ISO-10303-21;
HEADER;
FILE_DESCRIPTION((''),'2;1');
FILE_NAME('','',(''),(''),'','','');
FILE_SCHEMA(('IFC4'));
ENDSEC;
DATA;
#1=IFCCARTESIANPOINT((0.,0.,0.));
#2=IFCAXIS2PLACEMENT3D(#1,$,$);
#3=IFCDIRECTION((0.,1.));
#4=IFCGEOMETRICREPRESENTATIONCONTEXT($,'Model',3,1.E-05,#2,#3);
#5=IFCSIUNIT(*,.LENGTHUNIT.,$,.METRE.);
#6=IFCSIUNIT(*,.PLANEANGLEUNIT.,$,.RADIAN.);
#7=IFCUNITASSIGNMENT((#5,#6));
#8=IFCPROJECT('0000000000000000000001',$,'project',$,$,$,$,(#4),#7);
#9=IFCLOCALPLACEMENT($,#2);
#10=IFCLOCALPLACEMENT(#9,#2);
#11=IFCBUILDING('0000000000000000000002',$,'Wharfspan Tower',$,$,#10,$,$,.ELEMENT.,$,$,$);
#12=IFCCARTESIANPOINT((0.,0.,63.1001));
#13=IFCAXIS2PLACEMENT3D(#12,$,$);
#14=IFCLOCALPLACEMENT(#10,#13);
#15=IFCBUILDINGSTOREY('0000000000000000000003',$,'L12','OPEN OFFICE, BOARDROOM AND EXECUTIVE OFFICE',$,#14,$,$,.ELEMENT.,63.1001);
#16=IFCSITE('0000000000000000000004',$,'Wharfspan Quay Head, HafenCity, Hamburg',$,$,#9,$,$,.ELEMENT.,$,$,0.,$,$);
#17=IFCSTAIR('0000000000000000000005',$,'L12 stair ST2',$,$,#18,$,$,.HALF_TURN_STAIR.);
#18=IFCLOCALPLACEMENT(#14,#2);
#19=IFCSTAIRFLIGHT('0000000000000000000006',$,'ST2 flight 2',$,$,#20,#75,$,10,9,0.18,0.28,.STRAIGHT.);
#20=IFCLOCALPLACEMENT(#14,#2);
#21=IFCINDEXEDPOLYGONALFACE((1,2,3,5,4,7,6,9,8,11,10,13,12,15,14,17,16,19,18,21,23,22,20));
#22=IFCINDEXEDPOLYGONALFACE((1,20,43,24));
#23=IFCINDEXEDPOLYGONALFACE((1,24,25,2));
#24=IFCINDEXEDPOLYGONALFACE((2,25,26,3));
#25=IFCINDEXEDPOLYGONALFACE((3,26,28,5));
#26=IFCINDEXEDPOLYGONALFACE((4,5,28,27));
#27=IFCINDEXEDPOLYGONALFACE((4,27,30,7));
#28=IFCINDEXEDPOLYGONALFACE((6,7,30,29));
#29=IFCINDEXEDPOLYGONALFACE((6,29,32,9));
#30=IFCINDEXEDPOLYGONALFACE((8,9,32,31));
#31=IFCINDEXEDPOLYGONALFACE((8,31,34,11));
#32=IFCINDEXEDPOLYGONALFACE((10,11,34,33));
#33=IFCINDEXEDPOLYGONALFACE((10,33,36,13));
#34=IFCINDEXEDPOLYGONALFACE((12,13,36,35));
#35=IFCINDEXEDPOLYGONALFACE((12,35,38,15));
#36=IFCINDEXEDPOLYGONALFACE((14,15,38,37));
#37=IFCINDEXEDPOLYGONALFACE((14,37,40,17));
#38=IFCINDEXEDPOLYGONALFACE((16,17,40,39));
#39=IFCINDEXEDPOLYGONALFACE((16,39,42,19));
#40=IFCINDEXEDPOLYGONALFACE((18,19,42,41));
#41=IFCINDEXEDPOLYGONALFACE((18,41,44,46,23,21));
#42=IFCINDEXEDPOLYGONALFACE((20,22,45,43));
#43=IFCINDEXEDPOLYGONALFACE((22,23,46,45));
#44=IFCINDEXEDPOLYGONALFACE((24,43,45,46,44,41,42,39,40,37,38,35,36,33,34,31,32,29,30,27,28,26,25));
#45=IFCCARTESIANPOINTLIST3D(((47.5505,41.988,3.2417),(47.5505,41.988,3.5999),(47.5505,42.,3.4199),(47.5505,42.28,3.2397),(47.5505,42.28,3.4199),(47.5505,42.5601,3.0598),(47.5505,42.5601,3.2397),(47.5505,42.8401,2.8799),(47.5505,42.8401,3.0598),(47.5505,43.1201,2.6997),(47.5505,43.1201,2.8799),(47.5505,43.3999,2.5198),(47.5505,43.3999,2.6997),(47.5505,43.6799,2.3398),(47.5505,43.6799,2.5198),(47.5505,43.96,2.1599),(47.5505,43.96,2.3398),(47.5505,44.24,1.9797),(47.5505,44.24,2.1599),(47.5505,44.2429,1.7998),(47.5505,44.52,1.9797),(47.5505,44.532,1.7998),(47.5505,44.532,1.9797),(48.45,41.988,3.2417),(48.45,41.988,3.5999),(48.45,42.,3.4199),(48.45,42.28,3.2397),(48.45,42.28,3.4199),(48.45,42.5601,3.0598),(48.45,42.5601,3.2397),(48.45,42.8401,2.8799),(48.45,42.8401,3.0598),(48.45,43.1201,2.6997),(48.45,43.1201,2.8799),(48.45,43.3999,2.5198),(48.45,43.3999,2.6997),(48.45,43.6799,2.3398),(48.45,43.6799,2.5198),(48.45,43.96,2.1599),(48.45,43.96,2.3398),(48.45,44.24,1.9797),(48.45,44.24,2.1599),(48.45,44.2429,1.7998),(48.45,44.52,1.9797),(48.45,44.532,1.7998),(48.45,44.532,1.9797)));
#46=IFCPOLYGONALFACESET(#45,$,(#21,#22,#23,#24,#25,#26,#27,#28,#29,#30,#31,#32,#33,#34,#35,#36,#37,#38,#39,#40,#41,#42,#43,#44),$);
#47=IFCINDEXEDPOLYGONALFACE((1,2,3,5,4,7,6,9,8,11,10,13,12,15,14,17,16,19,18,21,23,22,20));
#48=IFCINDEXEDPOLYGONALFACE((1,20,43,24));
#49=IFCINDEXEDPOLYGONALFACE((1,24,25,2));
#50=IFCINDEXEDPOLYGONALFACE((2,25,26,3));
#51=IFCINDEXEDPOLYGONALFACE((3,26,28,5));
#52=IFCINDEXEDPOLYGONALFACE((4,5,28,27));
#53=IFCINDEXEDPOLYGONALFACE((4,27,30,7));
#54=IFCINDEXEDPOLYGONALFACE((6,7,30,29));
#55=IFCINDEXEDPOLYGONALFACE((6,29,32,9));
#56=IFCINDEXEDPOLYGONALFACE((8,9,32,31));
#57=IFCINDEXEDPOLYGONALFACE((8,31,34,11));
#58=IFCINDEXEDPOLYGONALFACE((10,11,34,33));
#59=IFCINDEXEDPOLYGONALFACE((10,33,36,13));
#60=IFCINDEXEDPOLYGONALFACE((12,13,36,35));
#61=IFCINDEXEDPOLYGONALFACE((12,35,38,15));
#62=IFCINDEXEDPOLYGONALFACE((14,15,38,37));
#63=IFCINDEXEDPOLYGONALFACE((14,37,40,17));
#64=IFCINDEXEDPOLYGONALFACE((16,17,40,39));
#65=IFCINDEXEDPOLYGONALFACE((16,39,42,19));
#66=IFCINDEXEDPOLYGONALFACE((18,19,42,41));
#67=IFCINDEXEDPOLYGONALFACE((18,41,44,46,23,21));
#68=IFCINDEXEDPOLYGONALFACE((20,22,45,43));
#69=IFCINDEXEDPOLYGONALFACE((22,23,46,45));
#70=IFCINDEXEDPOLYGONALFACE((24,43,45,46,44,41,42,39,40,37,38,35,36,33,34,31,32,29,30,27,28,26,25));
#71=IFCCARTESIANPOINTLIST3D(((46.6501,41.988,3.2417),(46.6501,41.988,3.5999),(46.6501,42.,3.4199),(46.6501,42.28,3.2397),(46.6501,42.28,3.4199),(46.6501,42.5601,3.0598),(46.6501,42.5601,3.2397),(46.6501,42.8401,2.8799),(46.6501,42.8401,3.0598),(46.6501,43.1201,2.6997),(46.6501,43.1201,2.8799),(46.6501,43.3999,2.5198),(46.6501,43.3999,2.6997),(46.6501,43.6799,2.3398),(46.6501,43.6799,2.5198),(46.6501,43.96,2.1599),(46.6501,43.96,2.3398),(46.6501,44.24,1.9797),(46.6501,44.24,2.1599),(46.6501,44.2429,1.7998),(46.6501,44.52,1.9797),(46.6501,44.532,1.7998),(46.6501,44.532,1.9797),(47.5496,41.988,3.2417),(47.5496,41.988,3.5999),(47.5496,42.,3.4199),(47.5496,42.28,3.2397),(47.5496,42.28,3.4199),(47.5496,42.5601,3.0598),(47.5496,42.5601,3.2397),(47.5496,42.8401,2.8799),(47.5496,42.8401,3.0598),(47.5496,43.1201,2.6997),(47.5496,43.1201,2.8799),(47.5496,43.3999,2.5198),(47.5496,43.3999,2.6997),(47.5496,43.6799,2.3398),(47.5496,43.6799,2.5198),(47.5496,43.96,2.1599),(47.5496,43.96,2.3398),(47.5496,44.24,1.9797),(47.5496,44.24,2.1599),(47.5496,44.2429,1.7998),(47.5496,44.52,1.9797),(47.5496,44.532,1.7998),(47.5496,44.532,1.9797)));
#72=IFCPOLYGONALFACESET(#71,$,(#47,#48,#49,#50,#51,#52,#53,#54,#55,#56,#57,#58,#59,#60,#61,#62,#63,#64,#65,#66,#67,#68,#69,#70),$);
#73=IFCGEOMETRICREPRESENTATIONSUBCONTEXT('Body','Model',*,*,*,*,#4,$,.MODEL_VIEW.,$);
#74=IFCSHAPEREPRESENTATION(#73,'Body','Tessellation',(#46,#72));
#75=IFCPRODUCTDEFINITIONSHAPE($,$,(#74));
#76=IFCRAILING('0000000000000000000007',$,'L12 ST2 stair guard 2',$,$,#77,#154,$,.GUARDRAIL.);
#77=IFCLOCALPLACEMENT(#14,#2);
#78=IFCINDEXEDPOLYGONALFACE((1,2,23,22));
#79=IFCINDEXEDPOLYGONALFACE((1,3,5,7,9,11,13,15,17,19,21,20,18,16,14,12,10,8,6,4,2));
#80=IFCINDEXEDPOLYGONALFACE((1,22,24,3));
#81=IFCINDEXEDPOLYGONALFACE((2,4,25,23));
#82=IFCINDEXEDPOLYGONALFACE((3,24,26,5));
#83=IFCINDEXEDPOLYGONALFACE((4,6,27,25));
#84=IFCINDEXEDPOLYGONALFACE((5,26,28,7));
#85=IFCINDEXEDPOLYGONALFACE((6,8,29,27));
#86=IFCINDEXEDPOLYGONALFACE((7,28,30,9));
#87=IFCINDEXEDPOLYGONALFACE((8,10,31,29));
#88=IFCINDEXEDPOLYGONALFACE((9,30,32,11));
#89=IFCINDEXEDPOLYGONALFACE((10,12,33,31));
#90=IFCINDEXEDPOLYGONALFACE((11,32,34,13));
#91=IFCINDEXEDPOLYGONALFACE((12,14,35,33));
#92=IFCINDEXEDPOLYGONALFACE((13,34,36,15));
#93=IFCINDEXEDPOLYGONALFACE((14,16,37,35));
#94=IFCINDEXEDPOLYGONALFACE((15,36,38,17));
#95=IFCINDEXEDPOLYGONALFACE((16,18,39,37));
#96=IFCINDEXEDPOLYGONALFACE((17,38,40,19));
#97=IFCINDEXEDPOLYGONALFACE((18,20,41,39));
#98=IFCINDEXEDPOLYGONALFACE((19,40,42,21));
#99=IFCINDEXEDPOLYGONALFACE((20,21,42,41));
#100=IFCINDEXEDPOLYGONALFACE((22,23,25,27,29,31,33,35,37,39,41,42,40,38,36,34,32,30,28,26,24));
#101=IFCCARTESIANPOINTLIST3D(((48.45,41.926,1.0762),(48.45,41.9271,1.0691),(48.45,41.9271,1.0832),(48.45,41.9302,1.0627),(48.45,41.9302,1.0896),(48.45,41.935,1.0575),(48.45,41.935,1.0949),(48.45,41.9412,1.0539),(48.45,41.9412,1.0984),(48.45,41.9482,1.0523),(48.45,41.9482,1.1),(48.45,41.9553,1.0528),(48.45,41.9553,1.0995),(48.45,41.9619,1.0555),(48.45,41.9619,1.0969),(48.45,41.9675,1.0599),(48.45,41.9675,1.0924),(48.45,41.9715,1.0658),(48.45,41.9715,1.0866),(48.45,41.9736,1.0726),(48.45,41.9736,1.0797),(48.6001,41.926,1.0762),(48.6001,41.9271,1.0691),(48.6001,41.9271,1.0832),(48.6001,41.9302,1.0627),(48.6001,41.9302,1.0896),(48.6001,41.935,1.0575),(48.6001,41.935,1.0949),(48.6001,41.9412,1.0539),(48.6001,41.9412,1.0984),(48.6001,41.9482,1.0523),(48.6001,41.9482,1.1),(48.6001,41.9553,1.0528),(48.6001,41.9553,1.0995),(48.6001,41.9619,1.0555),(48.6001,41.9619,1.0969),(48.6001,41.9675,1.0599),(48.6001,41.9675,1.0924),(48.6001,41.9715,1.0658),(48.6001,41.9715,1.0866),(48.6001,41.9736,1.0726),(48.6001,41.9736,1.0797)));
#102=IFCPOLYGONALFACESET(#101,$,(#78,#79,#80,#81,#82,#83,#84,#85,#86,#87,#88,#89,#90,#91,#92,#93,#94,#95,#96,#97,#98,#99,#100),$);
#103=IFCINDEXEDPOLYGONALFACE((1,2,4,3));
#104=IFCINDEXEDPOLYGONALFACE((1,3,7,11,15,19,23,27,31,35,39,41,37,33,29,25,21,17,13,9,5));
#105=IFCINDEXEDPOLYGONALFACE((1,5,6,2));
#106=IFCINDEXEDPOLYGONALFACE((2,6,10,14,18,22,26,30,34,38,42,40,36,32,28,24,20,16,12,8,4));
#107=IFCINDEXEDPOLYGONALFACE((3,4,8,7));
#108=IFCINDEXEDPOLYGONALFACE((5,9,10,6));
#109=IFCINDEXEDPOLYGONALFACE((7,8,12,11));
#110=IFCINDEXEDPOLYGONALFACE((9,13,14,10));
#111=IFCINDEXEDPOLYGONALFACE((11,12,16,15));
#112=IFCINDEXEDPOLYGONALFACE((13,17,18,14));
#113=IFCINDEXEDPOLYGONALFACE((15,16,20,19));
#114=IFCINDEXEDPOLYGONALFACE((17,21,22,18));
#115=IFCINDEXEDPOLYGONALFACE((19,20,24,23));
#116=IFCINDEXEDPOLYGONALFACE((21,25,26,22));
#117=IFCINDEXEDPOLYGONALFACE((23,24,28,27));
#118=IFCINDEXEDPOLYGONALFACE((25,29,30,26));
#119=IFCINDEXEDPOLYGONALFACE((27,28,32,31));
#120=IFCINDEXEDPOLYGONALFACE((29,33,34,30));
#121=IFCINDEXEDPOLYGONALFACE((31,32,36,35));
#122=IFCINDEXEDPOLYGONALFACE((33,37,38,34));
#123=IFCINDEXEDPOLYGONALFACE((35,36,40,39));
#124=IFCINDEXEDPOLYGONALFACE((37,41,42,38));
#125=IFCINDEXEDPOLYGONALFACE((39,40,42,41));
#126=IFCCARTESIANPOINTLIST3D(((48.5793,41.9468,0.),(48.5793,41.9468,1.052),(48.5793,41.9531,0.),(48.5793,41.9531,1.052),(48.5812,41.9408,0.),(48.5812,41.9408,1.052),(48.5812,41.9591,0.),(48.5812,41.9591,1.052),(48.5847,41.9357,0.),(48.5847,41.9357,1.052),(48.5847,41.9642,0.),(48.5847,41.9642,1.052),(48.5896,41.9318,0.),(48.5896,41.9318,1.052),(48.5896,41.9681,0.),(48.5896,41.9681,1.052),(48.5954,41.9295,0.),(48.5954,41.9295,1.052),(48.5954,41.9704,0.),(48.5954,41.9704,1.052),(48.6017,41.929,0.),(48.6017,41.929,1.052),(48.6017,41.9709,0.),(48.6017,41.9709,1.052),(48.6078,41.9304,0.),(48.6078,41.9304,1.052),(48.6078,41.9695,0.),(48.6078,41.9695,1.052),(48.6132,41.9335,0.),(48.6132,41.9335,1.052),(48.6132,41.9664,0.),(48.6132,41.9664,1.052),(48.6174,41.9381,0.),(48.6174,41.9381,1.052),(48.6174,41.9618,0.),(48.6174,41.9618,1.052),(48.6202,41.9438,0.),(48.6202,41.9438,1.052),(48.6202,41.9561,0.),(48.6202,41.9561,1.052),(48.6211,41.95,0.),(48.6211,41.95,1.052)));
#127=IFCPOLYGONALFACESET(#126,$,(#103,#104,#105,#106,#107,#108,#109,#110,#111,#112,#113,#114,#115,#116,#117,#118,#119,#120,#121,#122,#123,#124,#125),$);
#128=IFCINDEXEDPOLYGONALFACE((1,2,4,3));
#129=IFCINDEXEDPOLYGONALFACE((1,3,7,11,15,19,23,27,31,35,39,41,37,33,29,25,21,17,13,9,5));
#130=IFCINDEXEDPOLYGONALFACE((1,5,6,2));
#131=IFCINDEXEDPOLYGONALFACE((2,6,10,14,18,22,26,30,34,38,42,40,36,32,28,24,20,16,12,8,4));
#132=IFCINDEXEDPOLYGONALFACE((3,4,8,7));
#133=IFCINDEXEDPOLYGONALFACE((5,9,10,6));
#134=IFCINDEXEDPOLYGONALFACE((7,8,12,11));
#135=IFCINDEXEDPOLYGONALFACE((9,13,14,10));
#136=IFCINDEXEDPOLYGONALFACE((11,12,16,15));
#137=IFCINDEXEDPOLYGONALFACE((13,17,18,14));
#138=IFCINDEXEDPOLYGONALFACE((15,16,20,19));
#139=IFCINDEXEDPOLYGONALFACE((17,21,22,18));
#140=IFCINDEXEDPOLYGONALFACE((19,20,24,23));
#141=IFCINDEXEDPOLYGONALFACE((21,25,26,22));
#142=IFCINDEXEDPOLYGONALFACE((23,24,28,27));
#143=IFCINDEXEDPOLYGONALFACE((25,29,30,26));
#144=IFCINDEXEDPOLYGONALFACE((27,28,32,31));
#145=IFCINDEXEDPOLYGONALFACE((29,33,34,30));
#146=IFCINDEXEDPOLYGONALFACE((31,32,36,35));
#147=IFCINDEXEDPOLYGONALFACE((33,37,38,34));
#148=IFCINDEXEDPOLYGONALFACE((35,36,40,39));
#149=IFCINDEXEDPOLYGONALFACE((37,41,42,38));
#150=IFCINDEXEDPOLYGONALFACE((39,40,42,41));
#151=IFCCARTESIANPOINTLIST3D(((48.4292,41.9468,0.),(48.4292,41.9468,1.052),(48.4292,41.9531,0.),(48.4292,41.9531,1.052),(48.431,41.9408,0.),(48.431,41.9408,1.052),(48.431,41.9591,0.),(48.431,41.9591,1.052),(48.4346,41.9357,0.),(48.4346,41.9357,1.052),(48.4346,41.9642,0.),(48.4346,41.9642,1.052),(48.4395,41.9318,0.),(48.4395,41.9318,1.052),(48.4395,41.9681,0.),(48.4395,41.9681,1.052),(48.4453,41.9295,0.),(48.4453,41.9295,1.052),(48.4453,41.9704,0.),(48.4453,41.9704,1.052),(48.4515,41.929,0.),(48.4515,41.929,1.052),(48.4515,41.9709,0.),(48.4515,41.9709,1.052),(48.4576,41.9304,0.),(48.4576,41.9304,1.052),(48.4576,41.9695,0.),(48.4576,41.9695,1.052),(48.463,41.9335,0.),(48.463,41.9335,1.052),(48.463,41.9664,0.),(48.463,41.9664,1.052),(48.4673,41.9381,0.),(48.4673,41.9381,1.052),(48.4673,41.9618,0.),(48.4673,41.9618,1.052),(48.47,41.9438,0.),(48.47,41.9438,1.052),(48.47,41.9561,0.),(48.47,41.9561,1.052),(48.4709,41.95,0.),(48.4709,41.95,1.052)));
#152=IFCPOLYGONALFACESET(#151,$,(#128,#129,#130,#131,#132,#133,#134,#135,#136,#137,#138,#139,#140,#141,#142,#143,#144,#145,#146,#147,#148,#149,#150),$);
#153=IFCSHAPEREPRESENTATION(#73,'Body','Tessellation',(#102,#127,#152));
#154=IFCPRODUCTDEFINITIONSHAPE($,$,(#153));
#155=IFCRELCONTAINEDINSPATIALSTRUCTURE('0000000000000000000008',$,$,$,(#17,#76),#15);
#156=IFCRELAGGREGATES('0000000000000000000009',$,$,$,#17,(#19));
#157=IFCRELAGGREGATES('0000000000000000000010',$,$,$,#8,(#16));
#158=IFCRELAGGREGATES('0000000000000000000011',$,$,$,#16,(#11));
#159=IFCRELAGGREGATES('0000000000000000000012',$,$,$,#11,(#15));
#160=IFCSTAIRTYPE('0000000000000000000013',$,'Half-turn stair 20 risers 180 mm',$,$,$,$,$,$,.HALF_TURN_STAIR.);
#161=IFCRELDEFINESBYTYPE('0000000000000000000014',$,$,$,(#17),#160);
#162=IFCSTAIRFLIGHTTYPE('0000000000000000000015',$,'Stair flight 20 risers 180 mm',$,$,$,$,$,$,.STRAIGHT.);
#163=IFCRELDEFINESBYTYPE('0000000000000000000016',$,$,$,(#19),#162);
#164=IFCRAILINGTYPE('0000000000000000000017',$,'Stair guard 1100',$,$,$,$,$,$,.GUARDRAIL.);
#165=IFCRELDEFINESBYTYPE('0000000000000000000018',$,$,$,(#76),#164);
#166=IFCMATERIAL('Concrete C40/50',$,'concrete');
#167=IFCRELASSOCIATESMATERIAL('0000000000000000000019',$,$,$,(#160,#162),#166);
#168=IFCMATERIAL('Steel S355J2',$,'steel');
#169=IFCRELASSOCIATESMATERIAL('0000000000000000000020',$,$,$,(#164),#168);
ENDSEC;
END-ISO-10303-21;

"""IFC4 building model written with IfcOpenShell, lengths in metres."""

from ifc_helpers import new_model, si_unit, direction, frame, origin, origin_2d, place, context, subcontext, project, spatial, polyline, circle, outline, extrude, material, type_object, element, aggregate, save


model = new_model("IFC4")

# Units and contexts
model_context = context("Model", 3, precision=1e-05, world=origin(), true_north=direction((0.0, 1.0)))
body_context = subcontext(model_context, "Body", "Model", "MODEL_VIEW")
ifc_project = project(units=[si_unit("LENGTHUNIT", "METRE"), si_unit("PLANEANGLEUNIT", "RADIAN")], contexts=[model_context])

# Site, building, storey
site_placement = place(None, origin())
site = spatial("IfcSite", under=ifc_project, at=site_placement, Name="Wharfspan Quay Head, HafenCity, Hamburg", CompositionType="ELEMENT", RefElevation=0.0)
building_placement = place(site_placement, origin())
building = spatial("IfcBuilding", under=site, at=building_placement, Name="Wharfspan Tower", CompositionType="ELEMENT")
storey_placement = place(building_placement, frame((0.0, 0.0, 63.1001)))
storey = spatial("IfcBuildingStorey", under=building, at=storey_placement, Name="L12", Description="OPEN OFFICE, BOARDROOM AND EXECUTIVE OFFICE", CompositionType="ELEMENT", Elevation=63.1001)

# Shared definitions
ifc_material_1 = material(Name="Steel S355J2", Category="steel")

# Shared definitions
ifc_material_2 = material(Name="Concrete C40/50", Category="concrete")

# Stair, stair flight
stair_type = type_object("IfcStairType", Name="Half-turn stair 20 risers 180 mm", PredefinedType="HALF_TURN_STAIR", material=ifc_material_2)
stair_placement = place(storey_placement, origin())
stair = element("IfcStair", 1, at=stair_placement, inside=storey, type_object=stair_type, Name="L12 stair ST2", PredefinedType="HALF_TURN_STAIR")
stair_flight_type = type_object("IfcStairFlightType", Name="Stair flight 20 risers 180 mm", PredefinedType="STRAIGHT", material=ifc_material_2)
stair_flight_1_placement = place(storey_placement, frame((47.55, 44.52, 1.7998), z_axis=(0.0, 0.0, 1.0), x_axis=(0.0, -1.0, 0.0)))
stair_flight_1 = element("IfcStairFlight", 2, at=stair_flight_1_placement, type_object=stair_flight_type, Name="ST2 flight 2", NumberOfRisers=10, NumberOfTreads=9, PredefinedType="STRAIGHT", RiserHeight=0.18, TreadLength=0.28, context=body_context, shape_type="SweptSolid", body=[
    extrude(outline(polyline([(-0.012, 0.0), (-0.012, 0.1799), (0.0, 0.1799), (0.28, 0.1799), (0.28, 0.3601), (0.5601, 0.3601), (0.5601, 0.54), (0.8401, 0.54), (0.8401, 0.72), (1.1201, 0.72), (1.1201, 0.8999), (1.3999, 0.8999), (1.3999, 1.0801), (1.6799, 1.0801), (1.6799, 1.26), (1.96, 1.26), (1.96, 1.4399), (2.24, 1.4399), (2.24, 1.6201), (2.52, 1.6201), (2.532, 1.8), (2.532, 1.4419), (0.2771, 0.0), (-0.012, 0.0)])), frame((0.0, 0.8999, 0.0), z_axis=(0.0, -1.0, 0.0), x_axis=(1.0, 0.0, 0.0)), (0.0, 0.0, 1.0), 0.8994),
    extrude(outline(polyline([(-0.012, 0.0), (-0.012, 0.1799), (0.0, 0.1799), (0.28, 0.1799), (0.28, 0.3601), (0.5601, 0.3601), (0.5601, 0.54), (0.8401, 0.54), (0.8401, 0.72), (1.1201, 0.72), (1.1201, 0.8999), (1.3999, 0.8999), (1.3999, 1.0801), (1.6799, 1.0801), (1.6799, 1.26), (1.96, 1.26), (1.96, 1.4399), (2.24, 1.4399), (2.24, 1.6201), (2.52, 1.6201), (2.532, 1.8), (2.532, 1.4419), (0.2771, 0.0), (-0.012, 0.0)])), frame((0.0, -0.0005, 0.0), z_axis=(0.0, -1.0, 0.0), x_axis=(1.0, 0.0, 0.0)), (0.0, 0.0, 1.0), 0.8994),
])
aggregate(stair, [stair_flight_1])

# Railing
railing_type_1 = type_object("IfcRailingType", Name="Stair guard 1100", PredefinedType="GUARDRAIL", material=ifc_material_1)
railing_1_placement = place(storey_placement, frame((48.6001, 41.95, 0.0)))
element("IfcRailing", 3, at=railing_1_placement, inside=storey, type_object=railing_type_1, Name="L12 ST2 stair guard 2", PredefinedType="GUARDRAIL", context=body_context, shape_type="SweptSolid", body=[
    extrude(circle(Radius=0.0239, at=origin_2d()), frame((0.0, 0.0, 1.0762), z_axis=(-1.0, 0.0, 0.0), x_axis=(0.0, -1.0, 0.0)), (0.0, 0.0, 1.0), 0.1501),
    extrude(circle(Radius=0.021, at=origin_2d()), origin(), (0.0, 0.0, 1.0), 1.052),
    extrude(circle(Radius=0.021, at=origin_2d()), frame((-0.1501, 0.0, 0.0)), (0.0, 0.0, 1.0), 1.052),
])

save(model, "model.ifc")
